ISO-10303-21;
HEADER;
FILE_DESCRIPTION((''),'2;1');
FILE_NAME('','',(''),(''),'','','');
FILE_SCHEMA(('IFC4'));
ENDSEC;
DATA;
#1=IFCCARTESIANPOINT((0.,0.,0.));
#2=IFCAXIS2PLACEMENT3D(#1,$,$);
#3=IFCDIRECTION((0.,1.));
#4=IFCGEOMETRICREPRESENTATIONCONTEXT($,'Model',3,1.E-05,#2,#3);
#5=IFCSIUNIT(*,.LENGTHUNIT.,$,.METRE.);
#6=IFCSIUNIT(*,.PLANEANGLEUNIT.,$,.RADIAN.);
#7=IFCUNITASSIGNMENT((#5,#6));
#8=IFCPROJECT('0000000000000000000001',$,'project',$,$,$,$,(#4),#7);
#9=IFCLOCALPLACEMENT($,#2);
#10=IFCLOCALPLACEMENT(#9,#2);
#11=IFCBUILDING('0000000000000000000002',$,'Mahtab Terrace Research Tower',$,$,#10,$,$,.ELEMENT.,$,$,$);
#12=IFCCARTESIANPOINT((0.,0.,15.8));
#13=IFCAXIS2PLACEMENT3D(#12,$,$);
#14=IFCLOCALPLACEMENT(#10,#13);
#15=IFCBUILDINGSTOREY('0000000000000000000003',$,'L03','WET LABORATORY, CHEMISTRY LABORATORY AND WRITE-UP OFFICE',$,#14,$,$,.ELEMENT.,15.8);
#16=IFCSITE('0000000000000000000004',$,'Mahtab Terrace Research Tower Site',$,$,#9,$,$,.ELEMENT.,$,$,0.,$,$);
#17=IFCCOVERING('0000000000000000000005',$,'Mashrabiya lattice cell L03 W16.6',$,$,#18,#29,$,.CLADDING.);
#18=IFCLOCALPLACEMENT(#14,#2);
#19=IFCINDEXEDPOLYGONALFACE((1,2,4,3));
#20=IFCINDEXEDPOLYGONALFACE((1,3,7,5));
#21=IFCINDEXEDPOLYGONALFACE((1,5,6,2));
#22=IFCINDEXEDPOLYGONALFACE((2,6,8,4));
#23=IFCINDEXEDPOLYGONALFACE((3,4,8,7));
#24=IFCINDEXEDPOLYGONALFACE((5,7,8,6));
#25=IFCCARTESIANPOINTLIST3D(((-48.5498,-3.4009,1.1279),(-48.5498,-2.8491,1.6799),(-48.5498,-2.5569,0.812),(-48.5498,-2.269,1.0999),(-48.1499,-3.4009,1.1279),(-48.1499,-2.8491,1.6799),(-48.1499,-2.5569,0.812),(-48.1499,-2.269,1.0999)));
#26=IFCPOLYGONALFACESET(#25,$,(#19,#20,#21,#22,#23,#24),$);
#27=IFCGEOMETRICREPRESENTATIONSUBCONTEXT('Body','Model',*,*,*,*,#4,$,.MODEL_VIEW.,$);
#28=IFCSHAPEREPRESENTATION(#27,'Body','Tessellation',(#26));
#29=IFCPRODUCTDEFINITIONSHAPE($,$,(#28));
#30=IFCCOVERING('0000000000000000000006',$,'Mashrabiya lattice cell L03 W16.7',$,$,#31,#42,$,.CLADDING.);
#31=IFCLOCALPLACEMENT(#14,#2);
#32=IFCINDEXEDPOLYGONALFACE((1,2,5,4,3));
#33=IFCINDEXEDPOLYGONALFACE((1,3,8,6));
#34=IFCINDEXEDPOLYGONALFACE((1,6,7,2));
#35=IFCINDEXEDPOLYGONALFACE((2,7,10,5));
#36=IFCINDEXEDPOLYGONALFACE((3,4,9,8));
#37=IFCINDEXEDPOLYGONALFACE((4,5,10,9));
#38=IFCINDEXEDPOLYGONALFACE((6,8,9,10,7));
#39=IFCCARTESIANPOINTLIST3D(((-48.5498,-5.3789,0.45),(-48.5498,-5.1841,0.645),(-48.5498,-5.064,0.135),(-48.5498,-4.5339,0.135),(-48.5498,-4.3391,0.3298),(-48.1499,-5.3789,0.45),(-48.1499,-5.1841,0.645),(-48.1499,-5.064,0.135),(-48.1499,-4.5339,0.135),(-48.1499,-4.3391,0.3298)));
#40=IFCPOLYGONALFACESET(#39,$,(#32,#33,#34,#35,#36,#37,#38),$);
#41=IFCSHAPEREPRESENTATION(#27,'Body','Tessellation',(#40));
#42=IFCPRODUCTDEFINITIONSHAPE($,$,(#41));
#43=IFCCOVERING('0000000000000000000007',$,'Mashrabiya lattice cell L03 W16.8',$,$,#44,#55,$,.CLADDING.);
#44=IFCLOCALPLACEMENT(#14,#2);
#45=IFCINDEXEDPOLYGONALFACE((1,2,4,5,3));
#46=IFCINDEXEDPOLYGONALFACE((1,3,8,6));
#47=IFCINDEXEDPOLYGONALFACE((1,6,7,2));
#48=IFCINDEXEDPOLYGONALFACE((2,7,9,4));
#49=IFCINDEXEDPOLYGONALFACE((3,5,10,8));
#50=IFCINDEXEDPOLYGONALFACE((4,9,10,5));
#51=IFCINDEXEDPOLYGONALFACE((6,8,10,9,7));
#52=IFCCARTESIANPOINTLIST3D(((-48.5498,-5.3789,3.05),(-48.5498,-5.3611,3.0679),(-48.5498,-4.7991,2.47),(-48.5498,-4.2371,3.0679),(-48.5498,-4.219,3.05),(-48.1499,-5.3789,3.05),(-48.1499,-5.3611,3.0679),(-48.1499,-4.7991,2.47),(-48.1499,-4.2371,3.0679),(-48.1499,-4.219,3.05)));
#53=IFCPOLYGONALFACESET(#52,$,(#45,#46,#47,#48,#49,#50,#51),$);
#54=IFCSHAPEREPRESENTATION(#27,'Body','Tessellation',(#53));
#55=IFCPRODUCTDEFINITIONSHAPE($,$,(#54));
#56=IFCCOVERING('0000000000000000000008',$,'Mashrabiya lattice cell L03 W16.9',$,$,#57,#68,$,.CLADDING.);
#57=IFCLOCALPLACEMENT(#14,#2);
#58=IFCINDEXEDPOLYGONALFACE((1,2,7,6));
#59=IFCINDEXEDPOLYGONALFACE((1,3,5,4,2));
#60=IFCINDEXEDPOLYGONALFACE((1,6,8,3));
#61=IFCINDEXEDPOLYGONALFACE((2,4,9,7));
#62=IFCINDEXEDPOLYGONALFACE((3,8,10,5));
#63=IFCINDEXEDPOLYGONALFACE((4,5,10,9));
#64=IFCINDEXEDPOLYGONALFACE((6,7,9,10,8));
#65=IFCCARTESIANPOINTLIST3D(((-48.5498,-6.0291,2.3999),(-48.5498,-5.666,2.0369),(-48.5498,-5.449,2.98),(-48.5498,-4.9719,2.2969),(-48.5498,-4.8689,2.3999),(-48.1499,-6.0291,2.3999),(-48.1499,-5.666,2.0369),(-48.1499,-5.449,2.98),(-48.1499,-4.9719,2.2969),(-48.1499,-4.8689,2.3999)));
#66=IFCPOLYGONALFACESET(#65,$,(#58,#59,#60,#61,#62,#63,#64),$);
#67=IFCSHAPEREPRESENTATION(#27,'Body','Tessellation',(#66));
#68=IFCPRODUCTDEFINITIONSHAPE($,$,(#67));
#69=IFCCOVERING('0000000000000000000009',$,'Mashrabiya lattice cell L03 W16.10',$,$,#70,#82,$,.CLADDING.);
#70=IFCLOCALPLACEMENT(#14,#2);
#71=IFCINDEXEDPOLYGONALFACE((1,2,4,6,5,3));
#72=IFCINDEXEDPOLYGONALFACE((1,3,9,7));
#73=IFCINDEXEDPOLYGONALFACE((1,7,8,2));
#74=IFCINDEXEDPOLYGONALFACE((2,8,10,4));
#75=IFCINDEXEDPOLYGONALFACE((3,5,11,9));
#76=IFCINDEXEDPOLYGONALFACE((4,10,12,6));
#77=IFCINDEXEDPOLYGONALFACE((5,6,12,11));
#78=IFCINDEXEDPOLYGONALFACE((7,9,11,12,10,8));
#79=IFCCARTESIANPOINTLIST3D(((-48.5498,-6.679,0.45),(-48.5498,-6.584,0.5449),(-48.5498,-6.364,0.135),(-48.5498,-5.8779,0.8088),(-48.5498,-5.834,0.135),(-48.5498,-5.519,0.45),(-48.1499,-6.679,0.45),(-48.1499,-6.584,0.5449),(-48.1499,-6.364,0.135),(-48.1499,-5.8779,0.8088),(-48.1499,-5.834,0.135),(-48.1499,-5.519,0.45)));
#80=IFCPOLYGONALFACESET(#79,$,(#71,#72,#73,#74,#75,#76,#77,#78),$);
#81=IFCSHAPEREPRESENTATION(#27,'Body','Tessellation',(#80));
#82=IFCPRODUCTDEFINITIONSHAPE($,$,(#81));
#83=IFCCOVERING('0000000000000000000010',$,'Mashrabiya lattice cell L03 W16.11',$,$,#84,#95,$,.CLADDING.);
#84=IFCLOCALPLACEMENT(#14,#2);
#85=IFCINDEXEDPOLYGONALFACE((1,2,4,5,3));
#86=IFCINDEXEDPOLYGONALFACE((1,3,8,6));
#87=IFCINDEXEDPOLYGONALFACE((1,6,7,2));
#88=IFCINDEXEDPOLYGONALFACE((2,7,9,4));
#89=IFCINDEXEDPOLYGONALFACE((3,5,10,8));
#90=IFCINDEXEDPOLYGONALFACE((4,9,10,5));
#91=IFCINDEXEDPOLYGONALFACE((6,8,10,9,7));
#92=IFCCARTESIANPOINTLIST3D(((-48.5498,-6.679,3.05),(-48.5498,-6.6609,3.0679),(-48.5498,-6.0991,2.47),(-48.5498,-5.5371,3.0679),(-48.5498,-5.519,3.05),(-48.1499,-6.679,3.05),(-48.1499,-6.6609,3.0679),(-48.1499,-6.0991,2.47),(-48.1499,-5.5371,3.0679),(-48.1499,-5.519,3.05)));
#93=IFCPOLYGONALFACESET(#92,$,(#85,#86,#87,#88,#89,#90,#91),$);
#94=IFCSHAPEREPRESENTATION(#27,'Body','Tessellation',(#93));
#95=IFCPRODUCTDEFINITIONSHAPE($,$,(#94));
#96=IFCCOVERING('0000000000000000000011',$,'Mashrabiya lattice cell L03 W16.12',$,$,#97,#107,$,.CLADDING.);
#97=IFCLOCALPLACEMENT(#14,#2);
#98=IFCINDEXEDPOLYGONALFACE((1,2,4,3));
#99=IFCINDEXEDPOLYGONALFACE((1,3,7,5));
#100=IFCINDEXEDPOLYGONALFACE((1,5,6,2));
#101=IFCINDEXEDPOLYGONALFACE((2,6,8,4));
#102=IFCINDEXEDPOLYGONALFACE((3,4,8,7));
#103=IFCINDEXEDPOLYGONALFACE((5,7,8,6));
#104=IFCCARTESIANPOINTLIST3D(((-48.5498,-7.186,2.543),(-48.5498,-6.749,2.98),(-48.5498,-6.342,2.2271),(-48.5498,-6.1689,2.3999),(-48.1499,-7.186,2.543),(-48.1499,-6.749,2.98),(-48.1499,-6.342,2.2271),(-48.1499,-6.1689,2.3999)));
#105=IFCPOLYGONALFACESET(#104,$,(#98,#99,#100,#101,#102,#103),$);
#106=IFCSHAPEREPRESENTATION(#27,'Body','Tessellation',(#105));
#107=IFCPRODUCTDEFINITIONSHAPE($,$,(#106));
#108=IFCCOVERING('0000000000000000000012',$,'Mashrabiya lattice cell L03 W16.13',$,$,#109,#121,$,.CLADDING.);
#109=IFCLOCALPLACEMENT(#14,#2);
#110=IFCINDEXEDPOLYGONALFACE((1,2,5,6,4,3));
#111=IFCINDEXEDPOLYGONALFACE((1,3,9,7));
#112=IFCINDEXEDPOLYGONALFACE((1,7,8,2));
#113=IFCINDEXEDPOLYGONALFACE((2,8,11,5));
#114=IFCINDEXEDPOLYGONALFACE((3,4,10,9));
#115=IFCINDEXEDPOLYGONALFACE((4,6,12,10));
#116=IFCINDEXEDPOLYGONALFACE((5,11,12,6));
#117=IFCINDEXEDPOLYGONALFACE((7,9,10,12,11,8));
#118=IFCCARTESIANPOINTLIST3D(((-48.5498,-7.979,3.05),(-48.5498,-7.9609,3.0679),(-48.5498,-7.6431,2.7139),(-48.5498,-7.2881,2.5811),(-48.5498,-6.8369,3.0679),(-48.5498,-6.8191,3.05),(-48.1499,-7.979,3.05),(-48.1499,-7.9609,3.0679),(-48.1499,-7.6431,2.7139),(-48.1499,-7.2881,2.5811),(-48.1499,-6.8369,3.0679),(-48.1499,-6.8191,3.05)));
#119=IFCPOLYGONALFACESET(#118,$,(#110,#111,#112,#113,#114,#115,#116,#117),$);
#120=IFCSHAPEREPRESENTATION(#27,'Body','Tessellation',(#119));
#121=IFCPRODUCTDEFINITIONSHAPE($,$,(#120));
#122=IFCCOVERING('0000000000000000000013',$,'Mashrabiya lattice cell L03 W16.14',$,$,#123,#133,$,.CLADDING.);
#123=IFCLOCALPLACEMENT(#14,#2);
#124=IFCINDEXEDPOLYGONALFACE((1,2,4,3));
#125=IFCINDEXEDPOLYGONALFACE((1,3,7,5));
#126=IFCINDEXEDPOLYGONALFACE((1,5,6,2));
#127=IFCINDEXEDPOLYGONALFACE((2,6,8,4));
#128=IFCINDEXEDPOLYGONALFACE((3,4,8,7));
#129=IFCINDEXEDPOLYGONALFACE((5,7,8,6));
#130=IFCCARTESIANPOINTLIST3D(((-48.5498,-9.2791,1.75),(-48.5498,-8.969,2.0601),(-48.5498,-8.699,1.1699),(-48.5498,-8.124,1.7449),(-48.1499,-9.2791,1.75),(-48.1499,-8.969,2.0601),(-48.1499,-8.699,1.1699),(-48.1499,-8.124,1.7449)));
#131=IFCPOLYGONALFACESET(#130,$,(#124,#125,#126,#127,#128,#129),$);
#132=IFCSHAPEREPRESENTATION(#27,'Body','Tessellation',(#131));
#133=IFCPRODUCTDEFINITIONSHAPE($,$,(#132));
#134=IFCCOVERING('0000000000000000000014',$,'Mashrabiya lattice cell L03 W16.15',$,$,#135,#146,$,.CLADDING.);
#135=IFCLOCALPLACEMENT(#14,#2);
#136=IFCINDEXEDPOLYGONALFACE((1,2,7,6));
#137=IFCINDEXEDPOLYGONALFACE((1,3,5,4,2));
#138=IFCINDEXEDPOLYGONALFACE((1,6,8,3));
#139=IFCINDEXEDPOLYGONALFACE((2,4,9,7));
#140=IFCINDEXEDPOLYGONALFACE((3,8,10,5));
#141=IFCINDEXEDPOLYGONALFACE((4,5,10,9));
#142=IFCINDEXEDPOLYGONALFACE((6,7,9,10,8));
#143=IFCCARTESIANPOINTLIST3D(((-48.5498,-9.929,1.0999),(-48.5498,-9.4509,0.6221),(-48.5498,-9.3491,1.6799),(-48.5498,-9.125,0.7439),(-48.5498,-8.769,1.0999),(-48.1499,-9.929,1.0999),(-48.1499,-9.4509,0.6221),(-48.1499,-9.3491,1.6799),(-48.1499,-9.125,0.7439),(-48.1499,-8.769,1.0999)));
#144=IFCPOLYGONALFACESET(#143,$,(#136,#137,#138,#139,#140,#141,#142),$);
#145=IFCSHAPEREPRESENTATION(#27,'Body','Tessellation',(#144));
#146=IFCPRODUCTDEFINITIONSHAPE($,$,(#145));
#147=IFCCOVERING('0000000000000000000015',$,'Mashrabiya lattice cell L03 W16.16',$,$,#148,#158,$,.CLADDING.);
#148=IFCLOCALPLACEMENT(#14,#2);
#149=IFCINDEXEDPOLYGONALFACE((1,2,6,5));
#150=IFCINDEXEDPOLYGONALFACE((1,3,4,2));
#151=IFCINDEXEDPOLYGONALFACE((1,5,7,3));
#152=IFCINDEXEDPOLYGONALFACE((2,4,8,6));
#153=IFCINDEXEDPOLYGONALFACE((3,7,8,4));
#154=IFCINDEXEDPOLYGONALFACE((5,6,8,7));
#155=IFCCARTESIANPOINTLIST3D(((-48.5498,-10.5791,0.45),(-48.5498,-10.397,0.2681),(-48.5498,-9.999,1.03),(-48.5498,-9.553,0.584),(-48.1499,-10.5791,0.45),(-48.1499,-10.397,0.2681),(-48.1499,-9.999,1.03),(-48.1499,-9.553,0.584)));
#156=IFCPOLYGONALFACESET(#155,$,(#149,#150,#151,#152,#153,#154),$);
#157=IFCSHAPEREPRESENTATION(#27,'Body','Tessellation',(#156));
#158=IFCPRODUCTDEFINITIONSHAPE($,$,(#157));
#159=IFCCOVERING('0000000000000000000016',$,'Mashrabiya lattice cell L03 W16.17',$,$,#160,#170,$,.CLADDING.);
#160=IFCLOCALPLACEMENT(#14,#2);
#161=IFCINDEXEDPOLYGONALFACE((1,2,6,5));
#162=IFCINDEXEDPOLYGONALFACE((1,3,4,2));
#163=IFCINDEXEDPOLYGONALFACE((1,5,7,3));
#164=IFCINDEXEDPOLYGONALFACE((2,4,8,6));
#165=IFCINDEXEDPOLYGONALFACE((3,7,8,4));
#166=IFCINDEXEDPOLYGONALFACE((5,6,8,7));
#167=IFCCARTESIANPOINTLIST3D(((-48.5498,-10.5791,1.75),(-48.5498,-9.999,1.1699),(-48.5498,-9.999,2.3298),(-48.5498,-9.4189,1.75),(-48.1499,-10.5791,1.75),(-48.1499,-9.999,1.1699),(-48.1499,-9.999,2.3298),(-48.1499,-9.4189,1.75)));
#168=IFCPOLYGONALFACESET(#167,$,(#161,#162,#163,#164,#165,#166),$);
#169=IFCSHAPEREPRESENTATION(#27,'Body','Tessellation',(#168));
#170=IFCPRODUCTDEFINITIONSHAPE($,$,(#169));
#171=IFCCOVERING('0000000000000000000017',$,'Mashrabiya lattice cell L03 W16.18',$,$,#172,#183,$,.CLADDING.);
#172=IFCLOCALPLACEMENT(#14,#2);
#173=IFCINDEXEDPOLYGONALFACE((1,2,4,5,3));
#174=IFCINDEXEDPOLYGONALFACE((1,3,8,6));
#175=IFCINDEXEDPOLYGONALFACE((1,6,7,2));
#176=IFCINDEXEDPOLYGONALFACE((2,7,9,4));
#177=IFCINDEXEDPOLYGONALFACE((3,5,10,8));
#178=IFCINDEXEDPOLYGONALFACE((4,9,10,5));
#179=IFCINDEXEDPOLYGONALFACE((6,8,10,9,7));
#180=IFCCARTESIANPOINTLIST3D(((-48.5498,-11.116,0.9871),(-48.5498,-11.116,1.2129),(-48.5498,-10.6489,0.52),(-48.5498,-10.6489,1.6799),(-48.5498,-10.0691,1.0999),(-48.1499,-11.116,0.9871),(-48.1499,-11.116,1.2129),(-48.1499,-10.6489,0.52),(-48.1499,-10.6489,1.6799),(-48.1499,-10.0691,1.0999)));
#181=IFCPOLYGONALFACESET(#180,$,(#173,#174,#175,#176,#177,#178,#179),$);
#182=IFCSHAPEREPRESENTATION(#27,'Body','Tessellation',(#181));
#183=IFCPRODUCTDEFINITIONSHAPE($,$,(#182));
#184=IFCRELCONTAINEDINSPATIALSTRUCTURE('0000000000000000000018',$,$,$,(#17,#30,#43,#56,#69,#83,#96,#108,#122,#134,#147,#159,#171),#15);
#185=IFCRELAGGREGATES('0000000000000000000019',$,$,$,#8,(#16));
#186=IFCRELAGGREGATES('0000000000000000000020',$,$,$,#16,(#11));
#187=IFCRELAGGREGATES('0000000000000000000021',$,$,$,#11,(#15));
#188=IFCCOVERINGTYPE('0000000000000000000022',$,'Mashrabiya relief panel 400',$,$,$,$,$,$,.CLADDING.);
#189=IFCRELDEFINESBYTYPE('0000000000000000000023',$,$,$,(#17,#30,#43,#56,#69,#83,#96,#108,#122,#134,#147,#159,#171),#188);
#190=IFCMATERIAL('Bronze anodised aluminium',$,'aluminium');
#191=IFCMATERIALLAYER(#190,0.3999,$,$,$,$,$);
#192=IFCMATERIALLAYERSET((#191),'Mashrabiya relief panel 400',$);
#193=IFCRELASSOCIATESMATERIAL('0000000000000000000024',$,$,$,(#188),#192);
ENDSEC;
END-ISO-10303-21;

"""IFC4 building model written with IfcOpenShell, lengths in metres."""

from ifc_helpers import new_model, si_unit, direction, frame, origin, place, context, subcontext, project, spatial, polyline, outline, extrude, material, layer, layer_set, type_object, element, save


model = new_model("IFC4")

# Units and contexts
model_context = context("Model", 3, precision=1e-05, world=origin(), true_north=direction((0.0, 1.0)))
body_context = subcontext(model_context, "Body", "Model", "MODEL_VIEW")
ifc_project = project(units=[si_unit("LENGTHUNIT", "METRE"), si_unit("PLANEANGLEUNIT", "RADIAN")], contexts=[model_context])

# Site, building, storey
site_placement = place(None, origin())
site = spatial("IfcSite", under=ifc_project, at=site_placement, Name="Mahtab Terrace Research Tower Site", CompositionType="ELEMENT", RefElevation=0.0)
building_placement = place(site_placement, origin())
building = spatial("IfcBuilding", under=site, at=building_placement, Name="Mahtab Terrace Research Tower", CompositionType="ELEMENT")
storey_placement = place(building_placement, frame((0.0, 0.0, 15.8)))
storey = spatial("IfcBuildingStorey", under=building, at=storey_placement, Name="L03", Description="WET LABORATORY, CHEMISTRY LABORATORY AND WRITE-UP OFFICE", CompositionType="ELEMENT", Elevation=15.8)

# Coverings
ifc_material_1 = material(Name="Bronze anodised aluminium", Category="aluminium")
ifc_layer_1 = layer(ifc_material_1, 0.3999)
ifc_layer_set_1 = layer_set([ifc_layer_1], Name="Mashrabiya relief panel 400")
covering_type = type_object("IfcCoveringType", Name="Mashrabiya relief panel 400", PredefinedType="CLADDING", material=ifc_layer_set_1)
covering_1_placement = place(storey_placement, frame((-48.1499, -2.269, 1.0999), z_axis=(1.0, 0.0, 0.0), x_axis=(0.0, -0.707107, 0.707107)))
element("IfcCovering", 1, at=covering_1_placement, inside=storey, type_object=covering_type, Name="Mashrabiya lattice cell L03 W16.6", PredefinedType="CLADDING", context=body_context, shape_type="SweptSolid", body=[
    extrude(outline(polyline([(0.0, 0.0), (0.8204, 0.0), (0.8202, 0.7805), (0.0, 0.4071), (0.0, 0.0)])), origin(), (0.0, 0.0, -1.0), 0.3999),
])
covering_2_placement = place(storey_placement, frame((-48.1499, -4.3391, 0.3298), z_axis=(1.0, 0.0, 0.0), x_axis=(0.0, -0.93694, 0.349491)))
element("IfcCovering", 2, at=covering_2_placement, inside=storey, type_object=covering_type, Name="Mashrabiya lattice cell L03 W16.7", PredefinedType="CLADDING", context=body_context, shape_type="SweptSolid", body=[
    extrude(outline(polyline([(0.0, 0.0), (0.9018, 0.0), (1.0162, 0.2509), (0.6111, 0.4359), (0.1144, 0.2506), (0.0, 0.0)])), origin(), (0.0, 0.0, -1.0), 0.3999),
])
covering_3_placement = place(storey_placement, frame((-48.1499, -5.3789, 3.05), z_axis=(1.0, 0.0, 0.0), x_axis=(0.0, 0.706958, -0.707256)))
element("IfcCovering", 3, at=covering_3_placement, inside=storey, type_object=covering_type, Name="Mashrabiya lattice cell L03 W16.8", PredefinedType="CLADDING", context=body_context, shape_type="SweptSolid", body=[
    extrude(outline(polyline([(0.0, 0.0), (0.8202, 0.0), (0.82, 0.8204), (0.7946, 0.8202), (0.0, 0.0252), (0.0, 0.0)])), origin(), (0.0, 0.0, -1.0), 0.3999),
])
covering_4_placement = place(storey_placement, frame((-48.1499, -4.8689, 2.3999), z_axis=(1.0, 0.0, 0.0), x_axis=(0.0, -0.707107, 0.707107)))
element("IfcCovering", 4, at=covering_4_placement, inside=storey, type_object=covering_type, Name="Mashrabiya lattice cell L03 W16.9", PredefinedType="CLADDING", context=body_context, shape_type="SweptSolid", body=[
    extrude(outline(polyline([(0.0, 0.0), (0.8204, 0.0), (0.8204, 0.8204), (0.3069, 0.8204), (0.0, 0.1457), (0.0, 0.0)])), origin(), (0.0, 0.0, -1.0), 0.3999),
])
covering_5_placement = place(storey_placement, frame((-48.1499, -5.519, 0.45), z_axis=(1.0, 0.0, 0.0), x_axis=(0.0, -0.707107, 0.707107)))
element("IfcCovering", 5, at=covering_5_placement, inside=storey, type_object=covering_type, Name="Mashrabiya lattice cell L03 W16.10", PredefinedType="CLADDING", context=body_context, shape_type="SweptSolid", body=[
    extrude(outline(polyline([(0.0, 0.0), (0.5075, 0.0), (0.8202, 0.6859), (0.8202, 0.8202), (0.3748, 0.8202), (0.0, 0.4454), (0.0, 0.0)])), origin(), (0.0, 0.0, -1.0), 0.3999),
])
covering_6_placement = place(storey_placement, frame((-48.1499, -6.679, 3.05), z_axis=(1.0, 0.0, 0.0), x_axis=(0.0, 0.706958, -0.707256)))
element("IfcCovering", 6, at=covering_6_placement, inside=storey, type_object=covering_type, Name="Mashrabiya lattice cell L03 W16.11", PredefinedType="CLADDING", context=body_context, shape_type="SweptSolid", body=[
    extrude(outline(polyline([(0.0, 0.0), (0.8202, 0.0), (0.82, 0.8204), (0.7946, 0.8202), (0.0002, 0.0254), (0.0, 0.0)])), origin(), (0.0, 0.0, -1.0), 0.3999),
])
covering_7_placement = place(storey_placement, frame((-48.1499, -6.1689, 2.3999), z_axis=(1.0, 0.0, 0.0), x_axis=(0.0, -0.707107, 0.707107)))
element("IfcCovering", 7, at=covering_7_placement, inside=storey, type_object=covering_type, Name="Mashrabiya lattice cell L03 W16.12", PredefinedType="CLADDING", context=body_context, shape_type="SweptSolid", body=[
    extrude(outline(polyline([(0.0, 0.0), (0.8204, 0.0), (0.8204, 0.618), (0.0002, 0.2446), (0.0, 0.0)])), origin(), (0.0, 0.0, -1.0), 0.3999),
])
covering_8_placement = place(storey_placement, frame((-48.1499, -6.8191, 3.05), z_axis=(1.0, 0.0, 0.0), x_axis=(0.0, -0.707107, 0.707107)))
element("IfcCovering", 8, at=covering_8_placement, inside=storey, type_object=covering_type, Name="Mashrabiya lattice cell L03 W16.13", PredefinedType="CLADDING", context=body_context, shape_type="SweptSolid", body=[
    extrude(outline(polyline([(0.0, 0.0), (0.0252, 0.0), (0.82, 0.7948), (0.8202, 0.8202), (0.3449, 0.8204), (0.0, 0.6633), (0.0, 0.0)])), origin(), (0.0, 0.0, -1.0), 0.3999),
])
covering_9_placement = place(storey_placement, frame((-48.1499, -9.2791, 1.75), z_axis=(1.0, 0.0, 0.0), x_axis=(0.0, 0.707107, -0.707107)))
element("IfcCovering", 9, at=covering_9_placement, inside=storey, type_object=covering_type, Name="Mashrabiya lattice cell L03 W16.14", PredefinedType="CLADDING", context=body_context, shape_type="SweptSolid", body=[
    extrude(outline(polyline([(0.0, 0.0), (0.8204, 0.0), (0.8204, 0.8131), (0.0, 0.4385), (0.0, 0.0)])), origin(), (0.0, 0.0, -1.0), 0.3999),
])
covering_10_placement = place(storey_placement, frame((-48.1499, -8.769, 1.0999), z_axis=(1.0, 0.0, 0.0), x_axis=(0.0, -0.707107, 0.707107)))
element("IfcCovering", 10, at=covering_10_placement, inside=storey, type_object=covering_type, Name="Mashrabiya lattice cell L03 W16.15", PredefinedType="CLADDING", context=body_context, shape_type="SweptSolid", body=[
    extrude(outline(polyline([(0.0, 0.0), (0.8204, 0.0), (0.8202, 0.8202), (0.1443, 0.82), (0.0, 0.5034), (0.0, 0.0)])), origin(), (0.0, 0.0, -1.0), 0.3999),
])
covering_11_placement = place(storey_placement, frame((-48.1499, -9.999, 1.03), z_axis=(1.0, 0.0, 0.0), x_axis=(0.0, -0.707107, -0.707107)))
element("IfcCovering", 11, at=covering_11_placement, inside=storey, type_object=covering_type, Name="Mashrabiya lattice cell L03 W16.16", PredefinedType="CLADDING", context=body_context, shape_type="SweptSolid", body=[
    extrude(outline(polyline([(0.0, 0.0), (0.8204, 0.0), (0.8202, 0.2574), (0.0, 0.6308), (0.0, 0.0)])), origin(), (0.0, 0.0, -1.0), 0.3999),
])
covering_12_placement = place(storey_placement, frame((-48.1499, -9.999, 2.3298), z_axis=(1.0, 0.0, 0.0), x_axis=(0.0, -0.707256, -0.706958)))
element("IfcCovering", 12, at=covering_12_placement, inside=storey, type_object=covering_type, Name="Mashrabiya lattice cell L03 W16.17", PredefinedType="CLADDING", context=body_context, shape_type="SweptSolid", body=[
    extrude(outline(polyline([(0.0, 0.0), (0.8202, 0.0), (0.82, 0.8204), (-0.0003, 0.8202), (0.0, 0.0)])), origin(), (0.0, 0.0, -1.0), 0.3999),
])
covering_13_placement = place(storey_placement, frame((-48.1499, -10.6489, 0.52), z_axis=(1.0, 0.0, 0.0), x_axis=(0.0, 0.707107, 0.707107)))
element("IfcCovering", 13, at=covering_13_placement, inside=storey, type_object=covering_type, Name="Mashrabiya lattice cell L03 W16.18", PredefinedType="CLADDING", context=body_context, shape_type="SweptSolid", body=[
    extrude(outline(polyline([(0.0, 0.0), (0.82, 0.0), (0.8202, 0.8202), (0.1597, 0.8202), (0.0, 0.6605), (0.0, 0.0)])), origin(), (0.0, 0.0, -1.0), 0.3999),
])

save(model, "model.ifc")
